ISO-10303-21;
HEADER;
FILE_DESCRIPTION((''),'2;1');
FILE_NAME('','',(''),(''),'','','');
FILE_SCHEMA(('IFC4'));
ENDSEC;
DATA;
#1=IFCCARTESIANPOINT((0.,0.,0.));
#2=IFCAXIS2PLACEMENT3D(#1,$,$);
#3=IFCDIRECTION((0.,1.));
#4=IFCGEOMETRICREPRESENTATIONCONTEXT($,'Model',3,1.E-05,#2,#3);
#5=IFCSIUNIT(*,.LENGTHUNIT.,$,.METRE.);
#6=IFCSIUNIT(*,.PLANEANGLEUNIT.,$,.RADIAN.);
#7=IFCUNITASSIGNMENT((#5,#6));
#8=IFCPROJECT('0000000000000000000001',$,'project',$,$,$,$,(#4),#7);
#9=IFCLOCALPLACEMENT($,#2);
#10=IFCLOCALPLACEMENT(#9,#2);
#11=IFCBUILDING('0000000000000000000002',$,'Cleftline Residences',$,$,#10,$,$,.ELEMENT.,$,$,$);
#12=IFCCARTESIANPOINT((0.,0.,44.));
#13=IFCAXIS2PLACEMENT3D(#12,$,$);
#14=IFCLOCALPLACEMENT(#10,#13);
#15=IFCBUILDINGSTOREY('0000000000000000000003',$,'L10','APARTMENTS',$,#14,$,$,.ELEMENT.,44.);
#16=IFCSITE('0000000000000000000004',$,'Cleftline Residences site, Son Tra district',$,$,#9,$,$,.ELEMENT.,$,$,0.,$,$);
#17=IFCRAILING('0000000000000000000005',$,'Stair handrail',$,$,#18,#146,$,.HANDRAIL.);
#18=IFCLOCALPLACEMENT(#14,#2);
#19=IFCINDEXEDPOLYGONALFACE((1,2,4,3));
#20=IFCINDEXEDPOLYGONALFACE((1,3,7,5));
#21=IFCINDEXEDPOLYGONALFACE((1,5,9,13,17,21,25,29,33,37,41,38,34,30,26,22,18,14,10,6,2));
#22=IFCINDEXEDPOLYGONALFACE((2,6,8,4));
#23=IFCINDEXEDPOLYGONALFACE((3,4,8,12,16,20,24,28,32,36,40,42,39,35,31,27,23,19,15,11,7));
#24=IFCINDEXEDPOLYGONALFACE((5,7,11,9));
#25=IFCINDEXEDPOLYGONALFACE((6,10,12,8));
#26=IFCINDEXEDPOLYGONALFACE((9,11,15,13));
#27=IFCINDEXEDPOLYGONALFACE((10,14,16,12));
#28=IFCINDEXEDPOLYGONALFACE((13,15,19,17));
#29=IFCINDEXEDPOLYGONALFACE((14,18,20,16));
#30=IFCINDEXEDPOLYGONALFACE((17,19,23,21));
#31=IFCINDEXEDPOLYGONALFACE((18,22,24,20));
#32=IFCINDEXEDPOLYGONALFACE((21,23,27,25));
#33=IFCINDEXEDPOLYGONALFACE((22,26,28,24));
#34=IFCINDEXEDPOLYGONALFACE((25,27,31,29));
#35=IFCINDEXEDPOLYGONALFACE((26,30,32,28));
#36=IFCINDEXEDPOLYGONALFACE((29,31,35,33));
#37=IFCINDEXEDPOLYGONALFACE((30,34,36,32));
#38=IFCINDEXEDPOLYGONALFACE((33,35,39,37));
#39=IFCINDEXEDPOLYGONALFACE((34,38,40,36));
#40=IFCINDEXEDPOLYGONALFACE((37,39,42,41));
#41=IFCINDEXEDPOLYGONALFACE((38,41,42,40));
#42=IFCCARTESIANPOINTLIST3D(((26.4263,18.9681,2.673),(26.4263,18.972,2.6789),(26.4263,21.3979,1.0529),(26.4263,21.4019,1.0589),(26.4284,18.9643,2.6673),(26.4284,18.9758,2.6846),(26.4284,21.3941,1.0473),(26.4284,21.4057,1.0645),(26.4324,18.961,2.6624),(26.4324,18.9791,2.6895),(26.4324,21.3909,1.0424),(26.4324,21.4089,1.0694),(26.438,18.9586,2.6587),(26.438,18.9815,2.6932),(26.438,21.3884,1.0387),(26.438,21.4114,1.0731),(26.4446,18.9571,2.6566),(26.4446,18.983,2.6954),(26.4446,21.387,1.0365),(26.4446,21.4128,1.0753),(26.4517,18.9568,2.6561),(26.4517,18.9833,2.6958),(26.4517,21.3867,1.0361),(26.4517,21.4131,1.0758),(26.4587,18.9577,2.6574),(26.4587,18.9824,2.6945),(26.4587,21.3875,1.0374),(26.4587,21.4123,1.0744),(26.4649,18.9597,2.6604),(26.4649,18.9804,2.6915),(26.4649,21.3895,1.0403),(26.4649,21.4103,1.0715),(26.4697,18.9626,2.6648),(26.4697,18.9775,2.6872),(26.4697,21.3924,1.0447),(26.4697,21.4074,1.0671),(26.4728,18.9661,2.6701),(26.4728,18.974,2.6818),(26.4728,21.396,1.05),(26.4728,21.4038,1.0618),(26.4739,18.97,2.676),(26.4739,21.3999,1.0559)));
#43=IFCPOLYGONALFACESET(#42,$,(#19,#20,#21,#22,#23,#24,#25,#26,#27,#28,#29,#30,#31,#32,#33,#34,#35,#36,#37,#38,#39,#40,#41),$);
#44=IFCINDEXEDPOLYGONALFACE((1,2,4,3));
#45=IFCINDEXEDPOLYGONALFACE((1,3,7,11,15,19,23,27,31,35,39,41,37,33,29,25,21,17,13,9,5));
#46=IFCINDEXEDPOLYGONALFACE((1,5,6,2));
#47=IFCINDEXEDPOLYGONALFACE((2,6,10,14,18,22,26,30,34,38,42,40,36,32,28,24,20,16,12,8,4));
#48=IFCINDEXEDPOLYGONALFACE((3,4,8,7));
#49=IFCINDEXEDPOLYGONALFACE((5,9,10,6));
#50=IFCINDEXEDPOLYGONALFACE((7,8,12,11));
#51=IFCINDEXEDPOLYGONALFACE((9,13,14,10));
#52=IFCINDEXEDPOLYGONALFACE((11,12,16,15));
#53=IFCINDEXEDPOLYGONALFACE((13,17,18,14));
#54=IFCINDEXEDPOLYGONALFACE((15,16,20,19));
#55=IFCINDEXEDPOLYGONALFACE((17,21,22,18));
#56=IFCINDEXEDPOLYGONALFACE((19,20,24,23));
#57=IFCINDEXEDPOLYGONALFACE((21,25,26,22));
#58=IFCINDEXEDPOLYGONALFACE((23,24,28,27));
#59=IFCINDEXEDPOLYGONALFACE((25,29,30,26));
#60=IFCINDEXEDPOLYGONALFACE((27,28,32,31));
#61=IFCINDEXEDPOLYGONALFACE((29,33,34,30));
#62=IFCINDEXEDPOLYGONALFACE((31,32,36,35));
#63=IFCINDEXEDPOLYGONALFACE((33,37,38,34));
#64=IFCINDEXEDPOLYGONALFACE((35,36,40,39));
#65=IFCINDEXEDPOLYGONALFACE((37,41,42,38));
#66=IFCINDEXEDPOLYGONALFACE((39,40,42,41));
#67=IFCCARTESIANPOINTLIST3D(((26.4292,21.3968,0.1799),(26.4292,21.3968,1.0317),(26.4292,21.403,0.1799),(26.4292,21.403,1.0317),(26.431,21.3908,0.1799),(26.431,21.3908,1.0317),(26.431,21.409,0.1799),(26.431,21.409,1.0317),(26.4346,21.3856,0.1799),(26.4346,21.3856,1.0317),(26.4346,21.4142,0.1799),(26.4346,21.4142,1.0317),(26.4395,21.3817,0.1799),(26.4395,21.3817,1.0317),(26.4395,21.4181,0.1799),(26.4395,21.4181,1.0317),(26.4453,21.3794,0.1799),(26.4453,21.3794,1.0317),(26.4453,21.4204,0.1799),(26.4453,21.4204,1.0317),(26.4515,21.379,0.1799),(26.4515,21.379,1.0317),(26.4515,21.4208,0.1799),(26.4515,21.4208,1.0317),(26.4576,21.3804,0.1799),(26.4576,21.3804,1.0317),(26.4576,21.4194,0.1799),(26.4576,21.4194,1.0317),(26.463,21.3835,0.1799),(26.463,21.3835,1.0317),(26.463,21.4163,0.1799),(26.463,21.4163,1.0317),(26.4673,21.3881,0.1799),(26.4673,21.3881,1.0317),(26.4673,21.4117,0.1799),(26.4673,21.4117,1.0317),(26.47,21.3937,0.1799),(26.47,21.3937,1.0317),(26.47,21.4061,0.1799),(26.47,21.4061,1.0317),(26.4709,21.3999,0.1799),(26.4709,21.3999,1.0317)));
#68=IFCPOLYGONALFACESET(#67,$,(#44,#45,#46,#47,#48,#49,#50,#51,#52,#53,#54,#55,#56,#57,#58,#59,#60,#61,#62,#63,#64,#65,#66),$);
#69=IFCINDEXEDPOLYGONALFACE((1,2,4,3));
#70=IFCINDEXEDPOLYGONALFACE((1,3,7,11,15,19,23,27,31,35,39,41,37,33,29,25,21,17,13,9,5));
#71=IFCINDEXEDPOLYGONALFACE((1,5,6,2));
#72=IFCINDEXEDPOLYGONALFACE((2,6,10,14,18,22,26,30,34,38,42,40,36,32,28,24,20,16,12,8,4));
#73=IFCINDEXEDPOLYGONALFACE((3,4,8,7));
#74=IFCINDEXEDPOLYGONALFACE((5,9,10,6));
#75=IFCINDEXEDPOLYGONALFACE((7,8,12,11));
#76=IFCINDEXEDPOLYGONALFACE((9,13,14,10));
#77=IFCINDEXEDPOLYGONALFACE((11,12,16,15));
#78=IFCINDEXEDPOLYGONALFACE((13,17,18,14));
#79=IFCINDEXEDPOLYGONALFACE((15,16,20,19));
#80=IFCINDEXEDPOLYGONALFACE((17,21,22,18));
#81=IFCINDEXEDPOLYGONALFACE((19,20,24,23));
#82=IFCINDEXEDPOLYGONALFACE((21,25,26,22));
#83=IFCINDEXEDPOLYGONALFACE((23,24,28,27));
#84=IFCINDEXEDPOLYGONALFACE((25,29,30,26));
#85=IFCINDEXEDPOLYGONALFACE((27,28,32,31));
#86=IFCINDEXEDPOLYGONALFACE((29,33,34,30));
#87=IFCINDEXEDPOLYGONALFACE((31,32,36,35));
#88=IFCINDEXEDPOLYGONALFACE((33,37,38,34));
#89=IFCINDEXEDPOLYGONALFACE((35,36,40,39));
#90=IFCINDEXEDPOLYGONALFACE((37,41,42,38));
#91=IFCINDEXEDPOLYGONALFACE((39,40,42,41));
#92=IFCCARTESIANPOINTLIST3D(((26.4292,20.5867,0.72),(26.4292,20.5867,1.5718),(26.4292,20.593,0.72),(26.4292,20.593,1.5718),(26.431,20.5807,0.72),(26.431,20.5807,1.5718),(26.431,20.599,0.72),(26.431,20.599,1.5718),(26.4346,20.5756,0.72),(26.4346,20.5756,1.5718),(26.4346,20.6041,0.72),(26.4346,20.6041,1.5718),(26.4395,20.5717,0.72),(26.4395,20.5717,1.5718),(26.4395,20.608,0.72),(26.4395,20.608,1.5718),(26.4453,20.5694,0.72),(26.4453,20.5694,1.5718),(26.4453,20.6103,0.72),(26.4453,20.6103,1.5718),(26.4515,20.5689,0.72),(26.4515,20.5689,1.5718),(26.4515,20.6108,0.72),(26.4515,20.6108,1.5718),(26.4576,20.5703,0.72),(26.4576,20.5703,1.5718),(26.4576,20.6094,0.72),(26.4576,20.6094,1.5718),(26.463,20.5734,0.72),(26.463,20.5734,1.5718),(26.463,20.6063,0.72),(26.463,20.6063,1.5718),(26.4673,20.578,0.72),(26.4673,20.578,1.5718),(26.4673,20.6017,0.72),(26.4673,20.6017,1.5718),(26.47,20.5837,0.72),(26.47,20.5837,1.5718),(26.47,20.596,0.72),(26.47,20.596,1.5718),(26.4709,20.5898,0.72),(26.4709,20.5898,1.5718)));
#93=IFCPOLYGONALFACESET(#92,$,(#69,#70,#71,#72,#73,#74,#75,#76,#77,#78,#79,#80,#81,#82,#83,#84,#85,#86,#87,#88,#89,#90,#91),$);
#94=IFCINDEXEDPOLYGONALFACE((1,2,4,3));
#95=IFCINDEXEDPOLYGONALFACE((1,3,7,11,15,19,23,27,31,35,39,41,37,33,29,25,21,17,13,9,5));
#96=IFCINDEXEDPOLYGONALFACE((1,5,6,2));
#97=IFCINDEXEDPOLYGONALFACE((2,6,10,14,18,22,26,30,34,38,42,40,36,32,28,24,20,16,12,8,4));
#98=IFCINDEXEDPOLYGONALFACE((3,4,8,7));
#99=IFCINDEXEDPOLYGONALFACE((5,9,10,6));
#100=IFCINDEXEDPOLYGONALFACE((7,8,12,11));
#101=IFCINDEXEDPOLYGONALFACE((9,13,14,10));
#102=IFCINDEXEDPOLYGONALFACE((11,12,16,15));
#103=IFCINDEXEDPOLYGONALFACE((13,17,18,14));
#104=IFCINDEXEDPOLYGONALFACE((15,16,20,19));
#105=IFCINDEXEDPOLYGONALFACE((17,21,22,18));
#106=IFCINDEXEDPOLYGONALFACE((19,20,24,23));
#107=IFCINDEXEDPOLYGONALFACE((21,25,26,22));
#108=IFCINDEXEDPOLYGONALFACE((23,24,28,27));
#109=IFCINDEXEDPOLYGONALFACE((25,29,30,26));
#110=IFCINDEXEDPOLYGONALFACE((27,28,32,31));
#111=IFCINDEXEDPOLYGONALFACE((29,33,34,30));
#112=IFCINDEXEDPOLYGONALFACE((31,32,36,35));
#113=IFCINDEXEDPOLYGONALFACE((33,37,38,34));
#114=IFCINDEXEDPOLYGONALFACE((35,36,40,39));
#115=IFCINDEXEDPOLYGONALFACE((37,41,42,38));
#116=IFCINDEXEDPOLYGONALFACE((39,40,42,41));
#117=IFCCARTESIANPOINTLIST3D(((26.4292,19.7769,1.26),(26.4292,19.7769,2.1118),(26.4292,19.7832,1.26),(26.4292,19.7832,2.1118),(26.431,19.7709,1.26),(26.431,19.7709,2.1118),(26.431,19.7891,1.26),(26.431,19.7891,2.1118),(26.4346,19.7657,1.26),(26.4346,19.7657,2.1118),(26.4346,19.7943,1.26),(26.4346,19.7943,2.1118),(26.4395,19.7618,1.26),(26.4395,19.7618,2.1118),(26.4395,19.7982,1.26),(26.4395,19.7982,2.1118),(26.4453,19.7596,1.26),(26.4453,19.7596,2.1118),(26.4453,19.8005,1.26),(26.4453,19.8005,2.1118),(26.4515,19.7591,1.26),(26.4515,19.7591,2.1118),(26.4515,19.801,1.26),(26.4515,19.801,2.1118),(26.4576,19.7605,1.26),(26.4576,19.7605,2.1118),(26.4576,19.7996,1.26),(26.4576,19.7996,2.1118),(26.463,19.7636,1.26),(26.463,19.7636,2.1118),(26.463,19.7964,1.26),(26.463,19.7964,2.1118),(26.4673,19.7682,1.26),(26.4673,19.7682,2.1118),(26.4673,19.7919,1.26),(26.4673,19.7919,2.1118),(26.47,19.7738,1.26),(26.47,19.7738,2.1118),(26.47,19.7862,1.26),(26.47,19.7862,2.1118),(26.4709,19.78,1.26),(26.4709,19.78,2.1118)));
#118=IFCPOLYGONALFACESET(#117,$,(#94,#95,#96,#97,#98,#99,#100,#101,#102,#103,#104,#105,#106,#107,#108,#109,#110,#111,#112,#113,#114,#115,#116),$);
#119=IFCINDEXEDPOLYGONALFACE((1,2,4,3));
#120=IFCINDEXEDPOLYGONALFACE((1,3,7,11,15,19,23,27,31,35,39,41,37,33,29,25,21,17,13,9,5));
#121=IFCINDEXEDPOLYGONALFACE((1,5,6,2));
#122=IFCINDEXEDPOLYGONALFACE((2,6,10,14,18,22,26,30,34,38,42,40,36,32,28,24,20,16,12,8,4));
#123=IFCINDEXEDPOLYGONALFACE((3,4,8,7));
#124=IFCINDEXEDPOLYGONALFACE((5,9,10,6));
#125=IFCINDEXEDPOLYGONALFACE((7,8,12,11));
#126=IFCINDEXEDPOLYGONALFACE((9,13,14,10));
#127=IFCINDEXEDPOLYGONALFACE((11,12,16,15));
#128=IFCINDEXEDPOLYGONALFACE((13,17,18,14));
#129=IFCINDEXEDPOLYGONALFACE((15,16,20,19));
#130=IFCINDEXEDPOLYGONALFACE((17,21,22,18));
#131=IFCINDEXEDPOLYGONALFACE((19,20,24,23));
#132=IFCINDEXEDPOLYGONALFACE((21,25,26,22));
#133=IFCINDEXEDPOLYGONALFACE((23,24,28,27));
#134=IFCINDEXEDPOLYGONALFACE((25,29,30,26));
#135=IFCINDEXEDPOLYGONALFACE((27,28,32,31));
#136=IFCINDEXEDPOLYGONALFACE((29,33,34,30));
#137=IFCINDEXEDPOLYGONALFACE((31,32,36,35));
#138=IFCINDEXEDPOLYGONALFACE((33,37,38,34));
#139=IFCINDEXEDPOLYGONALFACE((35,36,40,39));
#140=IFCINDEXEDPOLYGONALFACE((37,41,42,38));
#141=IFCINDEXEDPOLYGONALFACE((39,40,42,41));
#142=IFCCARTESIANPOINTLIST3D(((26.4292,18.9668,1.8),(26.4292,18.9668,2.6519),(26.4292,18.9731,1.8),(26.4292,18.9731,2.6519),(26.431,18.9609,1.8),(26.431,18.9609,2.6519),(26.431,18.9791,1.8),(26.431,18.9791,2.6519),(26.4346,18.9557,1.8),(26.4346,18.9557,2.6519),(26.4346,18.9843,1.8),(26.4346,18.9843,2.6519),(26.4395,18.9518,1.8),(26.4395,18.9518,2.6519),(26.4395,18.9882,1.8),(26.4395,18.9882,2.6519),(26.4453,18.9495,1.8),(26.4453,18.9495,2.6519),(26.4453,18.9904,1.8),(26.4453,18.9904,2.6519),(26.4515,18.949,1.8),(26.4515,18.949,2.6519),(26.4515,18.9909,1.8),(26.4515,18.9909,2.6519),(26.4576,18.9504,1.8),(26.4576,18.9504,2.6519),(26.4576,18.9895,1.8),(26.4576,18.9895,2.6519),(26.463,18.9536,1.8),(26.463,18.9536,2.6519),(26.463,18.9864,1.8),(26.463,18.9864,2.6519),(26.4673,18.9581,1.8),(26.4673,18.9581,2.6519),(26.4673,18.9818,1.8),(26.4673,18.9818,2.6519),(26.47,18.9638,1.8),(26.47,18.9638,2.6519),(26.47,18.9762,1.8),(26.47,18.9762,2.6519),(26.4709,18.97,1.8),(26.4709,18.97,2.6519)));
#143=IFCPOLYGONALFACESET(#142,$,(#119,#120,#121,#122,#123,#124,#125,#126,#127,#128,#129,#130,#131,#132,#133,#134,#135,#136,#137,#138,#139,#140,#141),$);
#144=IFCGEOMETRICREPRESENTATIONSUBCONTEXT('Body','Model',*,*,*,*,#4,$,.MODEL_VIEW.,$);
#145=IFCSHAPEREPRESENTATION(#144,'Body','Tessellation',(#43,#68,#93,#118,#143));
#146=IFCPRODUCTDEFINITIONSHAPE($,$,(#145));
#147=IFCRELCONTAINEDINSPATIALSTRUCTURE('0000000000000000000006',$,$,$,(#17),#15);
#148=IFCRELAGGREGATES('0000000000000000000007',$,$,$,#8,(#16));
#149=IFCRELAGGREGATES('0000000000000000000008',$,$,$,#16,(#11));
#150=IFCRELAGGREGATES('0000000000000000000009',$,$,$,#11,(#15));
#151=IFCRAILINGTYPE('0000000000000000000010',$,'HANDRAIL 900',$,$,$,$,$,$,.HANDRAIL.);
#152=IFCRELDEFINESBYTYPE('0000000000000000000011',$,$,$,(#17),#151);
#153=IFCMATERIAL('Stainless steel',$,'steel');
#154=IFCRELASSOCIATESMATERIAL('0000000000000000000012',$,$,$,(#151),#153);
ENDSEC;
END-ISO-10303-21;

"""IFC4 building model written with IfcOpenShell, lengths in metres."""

from ifc_helpers import new_model, si_unit, direction, frame, origin, origin_2d, place, context, subcontext, project, spatial, circle, extrude, material, type_object, element, save


model = new_model("IFC4")

# Units and contexts
model_context = context("Model", 3, precision=1e-05, world=origin(), true_north=direction((0.0, 1.0)))
body_context = subcontext(model_context, "Body", "Model", "MODEL_VIEW")
ifc_project = project(units=[si_unit("LENGTHUNIT", "METRE"), si_unit("PLANEANGLEUNIT", "RADIAN")], contexts=[model_context])

# Site, building, storey
site_placement = place(None, origin())
site = spatial("IfcSite", under=ifc_project, at=site_placement, Name="Cleftline Residences site, Son Tra district", CompositionType="ELEMENT", RefElevation=0.0)
building_placement = place(site_placement, origin())
building = spatial("IfcBuilding", under=site, at=building_placement, Name="Cleftline Residences", CompositionType="ELEMENT")
storey_placement = place(building_placement, frame((0.0, 0.0, 44.0)))
storey = spatial("IfcBuildingStorey", under=building, at=storey_placement, Name="L10", Description="APARTMENTS", CompositionType="ELEMENT", Elevation=44.0)

# Railing
ifc_material_1 = material(Name="Stainless steel", Category="steel")
railing_type = type_object("IfcRailingType", Name="HANDRAIL 900", PredefinedType="HANDRAIL", material=ifc_material_1)
railing_1_placement = place(storey_placement, frame((26.45, 21.3999, 0.1799)))
element("IfcRailing", 1, at=railing_1_placement, inside=storey, type_object=railing_type, Name="Stair handrail", PredefinedType="HANDRAIL", context=body_context, shape_type="SweptSolid", body=[
    extrude(circle(Radius=0.0239, at=origin_2d()), frame((0.0, 0.0, 0.876), z_axis=(0.0, -0.832025, 0.554739), x_axis=(1.0, 0.0, 0.0)), (0.0, 0.0, 1.0), 2.9204),
    extrude(circle(Radius=0.021, at=origin_2d()), origin(), (0.0, 0.0, 1.0), 0.8518),
    extrude(circle(Radius=0.021, at=origin_2d()), frame((0.0, -0.8101, 0.54)), (0.0, 0.0, 1.0), 0.8518),
    extrude(circle(Radius=0.021, at=origin_2d()), frame((0.0, -1.6199, 1.0801)), (0.0, 0.0, 1.0), 0.8518),
    extrude(circle(Radius=0.021, at=origin_2d()), frame((0.0, -2.4299, 1.6201)), (0.0, 0.0, 1.0), 0.8518),
])

save(model, "model.ifc")
